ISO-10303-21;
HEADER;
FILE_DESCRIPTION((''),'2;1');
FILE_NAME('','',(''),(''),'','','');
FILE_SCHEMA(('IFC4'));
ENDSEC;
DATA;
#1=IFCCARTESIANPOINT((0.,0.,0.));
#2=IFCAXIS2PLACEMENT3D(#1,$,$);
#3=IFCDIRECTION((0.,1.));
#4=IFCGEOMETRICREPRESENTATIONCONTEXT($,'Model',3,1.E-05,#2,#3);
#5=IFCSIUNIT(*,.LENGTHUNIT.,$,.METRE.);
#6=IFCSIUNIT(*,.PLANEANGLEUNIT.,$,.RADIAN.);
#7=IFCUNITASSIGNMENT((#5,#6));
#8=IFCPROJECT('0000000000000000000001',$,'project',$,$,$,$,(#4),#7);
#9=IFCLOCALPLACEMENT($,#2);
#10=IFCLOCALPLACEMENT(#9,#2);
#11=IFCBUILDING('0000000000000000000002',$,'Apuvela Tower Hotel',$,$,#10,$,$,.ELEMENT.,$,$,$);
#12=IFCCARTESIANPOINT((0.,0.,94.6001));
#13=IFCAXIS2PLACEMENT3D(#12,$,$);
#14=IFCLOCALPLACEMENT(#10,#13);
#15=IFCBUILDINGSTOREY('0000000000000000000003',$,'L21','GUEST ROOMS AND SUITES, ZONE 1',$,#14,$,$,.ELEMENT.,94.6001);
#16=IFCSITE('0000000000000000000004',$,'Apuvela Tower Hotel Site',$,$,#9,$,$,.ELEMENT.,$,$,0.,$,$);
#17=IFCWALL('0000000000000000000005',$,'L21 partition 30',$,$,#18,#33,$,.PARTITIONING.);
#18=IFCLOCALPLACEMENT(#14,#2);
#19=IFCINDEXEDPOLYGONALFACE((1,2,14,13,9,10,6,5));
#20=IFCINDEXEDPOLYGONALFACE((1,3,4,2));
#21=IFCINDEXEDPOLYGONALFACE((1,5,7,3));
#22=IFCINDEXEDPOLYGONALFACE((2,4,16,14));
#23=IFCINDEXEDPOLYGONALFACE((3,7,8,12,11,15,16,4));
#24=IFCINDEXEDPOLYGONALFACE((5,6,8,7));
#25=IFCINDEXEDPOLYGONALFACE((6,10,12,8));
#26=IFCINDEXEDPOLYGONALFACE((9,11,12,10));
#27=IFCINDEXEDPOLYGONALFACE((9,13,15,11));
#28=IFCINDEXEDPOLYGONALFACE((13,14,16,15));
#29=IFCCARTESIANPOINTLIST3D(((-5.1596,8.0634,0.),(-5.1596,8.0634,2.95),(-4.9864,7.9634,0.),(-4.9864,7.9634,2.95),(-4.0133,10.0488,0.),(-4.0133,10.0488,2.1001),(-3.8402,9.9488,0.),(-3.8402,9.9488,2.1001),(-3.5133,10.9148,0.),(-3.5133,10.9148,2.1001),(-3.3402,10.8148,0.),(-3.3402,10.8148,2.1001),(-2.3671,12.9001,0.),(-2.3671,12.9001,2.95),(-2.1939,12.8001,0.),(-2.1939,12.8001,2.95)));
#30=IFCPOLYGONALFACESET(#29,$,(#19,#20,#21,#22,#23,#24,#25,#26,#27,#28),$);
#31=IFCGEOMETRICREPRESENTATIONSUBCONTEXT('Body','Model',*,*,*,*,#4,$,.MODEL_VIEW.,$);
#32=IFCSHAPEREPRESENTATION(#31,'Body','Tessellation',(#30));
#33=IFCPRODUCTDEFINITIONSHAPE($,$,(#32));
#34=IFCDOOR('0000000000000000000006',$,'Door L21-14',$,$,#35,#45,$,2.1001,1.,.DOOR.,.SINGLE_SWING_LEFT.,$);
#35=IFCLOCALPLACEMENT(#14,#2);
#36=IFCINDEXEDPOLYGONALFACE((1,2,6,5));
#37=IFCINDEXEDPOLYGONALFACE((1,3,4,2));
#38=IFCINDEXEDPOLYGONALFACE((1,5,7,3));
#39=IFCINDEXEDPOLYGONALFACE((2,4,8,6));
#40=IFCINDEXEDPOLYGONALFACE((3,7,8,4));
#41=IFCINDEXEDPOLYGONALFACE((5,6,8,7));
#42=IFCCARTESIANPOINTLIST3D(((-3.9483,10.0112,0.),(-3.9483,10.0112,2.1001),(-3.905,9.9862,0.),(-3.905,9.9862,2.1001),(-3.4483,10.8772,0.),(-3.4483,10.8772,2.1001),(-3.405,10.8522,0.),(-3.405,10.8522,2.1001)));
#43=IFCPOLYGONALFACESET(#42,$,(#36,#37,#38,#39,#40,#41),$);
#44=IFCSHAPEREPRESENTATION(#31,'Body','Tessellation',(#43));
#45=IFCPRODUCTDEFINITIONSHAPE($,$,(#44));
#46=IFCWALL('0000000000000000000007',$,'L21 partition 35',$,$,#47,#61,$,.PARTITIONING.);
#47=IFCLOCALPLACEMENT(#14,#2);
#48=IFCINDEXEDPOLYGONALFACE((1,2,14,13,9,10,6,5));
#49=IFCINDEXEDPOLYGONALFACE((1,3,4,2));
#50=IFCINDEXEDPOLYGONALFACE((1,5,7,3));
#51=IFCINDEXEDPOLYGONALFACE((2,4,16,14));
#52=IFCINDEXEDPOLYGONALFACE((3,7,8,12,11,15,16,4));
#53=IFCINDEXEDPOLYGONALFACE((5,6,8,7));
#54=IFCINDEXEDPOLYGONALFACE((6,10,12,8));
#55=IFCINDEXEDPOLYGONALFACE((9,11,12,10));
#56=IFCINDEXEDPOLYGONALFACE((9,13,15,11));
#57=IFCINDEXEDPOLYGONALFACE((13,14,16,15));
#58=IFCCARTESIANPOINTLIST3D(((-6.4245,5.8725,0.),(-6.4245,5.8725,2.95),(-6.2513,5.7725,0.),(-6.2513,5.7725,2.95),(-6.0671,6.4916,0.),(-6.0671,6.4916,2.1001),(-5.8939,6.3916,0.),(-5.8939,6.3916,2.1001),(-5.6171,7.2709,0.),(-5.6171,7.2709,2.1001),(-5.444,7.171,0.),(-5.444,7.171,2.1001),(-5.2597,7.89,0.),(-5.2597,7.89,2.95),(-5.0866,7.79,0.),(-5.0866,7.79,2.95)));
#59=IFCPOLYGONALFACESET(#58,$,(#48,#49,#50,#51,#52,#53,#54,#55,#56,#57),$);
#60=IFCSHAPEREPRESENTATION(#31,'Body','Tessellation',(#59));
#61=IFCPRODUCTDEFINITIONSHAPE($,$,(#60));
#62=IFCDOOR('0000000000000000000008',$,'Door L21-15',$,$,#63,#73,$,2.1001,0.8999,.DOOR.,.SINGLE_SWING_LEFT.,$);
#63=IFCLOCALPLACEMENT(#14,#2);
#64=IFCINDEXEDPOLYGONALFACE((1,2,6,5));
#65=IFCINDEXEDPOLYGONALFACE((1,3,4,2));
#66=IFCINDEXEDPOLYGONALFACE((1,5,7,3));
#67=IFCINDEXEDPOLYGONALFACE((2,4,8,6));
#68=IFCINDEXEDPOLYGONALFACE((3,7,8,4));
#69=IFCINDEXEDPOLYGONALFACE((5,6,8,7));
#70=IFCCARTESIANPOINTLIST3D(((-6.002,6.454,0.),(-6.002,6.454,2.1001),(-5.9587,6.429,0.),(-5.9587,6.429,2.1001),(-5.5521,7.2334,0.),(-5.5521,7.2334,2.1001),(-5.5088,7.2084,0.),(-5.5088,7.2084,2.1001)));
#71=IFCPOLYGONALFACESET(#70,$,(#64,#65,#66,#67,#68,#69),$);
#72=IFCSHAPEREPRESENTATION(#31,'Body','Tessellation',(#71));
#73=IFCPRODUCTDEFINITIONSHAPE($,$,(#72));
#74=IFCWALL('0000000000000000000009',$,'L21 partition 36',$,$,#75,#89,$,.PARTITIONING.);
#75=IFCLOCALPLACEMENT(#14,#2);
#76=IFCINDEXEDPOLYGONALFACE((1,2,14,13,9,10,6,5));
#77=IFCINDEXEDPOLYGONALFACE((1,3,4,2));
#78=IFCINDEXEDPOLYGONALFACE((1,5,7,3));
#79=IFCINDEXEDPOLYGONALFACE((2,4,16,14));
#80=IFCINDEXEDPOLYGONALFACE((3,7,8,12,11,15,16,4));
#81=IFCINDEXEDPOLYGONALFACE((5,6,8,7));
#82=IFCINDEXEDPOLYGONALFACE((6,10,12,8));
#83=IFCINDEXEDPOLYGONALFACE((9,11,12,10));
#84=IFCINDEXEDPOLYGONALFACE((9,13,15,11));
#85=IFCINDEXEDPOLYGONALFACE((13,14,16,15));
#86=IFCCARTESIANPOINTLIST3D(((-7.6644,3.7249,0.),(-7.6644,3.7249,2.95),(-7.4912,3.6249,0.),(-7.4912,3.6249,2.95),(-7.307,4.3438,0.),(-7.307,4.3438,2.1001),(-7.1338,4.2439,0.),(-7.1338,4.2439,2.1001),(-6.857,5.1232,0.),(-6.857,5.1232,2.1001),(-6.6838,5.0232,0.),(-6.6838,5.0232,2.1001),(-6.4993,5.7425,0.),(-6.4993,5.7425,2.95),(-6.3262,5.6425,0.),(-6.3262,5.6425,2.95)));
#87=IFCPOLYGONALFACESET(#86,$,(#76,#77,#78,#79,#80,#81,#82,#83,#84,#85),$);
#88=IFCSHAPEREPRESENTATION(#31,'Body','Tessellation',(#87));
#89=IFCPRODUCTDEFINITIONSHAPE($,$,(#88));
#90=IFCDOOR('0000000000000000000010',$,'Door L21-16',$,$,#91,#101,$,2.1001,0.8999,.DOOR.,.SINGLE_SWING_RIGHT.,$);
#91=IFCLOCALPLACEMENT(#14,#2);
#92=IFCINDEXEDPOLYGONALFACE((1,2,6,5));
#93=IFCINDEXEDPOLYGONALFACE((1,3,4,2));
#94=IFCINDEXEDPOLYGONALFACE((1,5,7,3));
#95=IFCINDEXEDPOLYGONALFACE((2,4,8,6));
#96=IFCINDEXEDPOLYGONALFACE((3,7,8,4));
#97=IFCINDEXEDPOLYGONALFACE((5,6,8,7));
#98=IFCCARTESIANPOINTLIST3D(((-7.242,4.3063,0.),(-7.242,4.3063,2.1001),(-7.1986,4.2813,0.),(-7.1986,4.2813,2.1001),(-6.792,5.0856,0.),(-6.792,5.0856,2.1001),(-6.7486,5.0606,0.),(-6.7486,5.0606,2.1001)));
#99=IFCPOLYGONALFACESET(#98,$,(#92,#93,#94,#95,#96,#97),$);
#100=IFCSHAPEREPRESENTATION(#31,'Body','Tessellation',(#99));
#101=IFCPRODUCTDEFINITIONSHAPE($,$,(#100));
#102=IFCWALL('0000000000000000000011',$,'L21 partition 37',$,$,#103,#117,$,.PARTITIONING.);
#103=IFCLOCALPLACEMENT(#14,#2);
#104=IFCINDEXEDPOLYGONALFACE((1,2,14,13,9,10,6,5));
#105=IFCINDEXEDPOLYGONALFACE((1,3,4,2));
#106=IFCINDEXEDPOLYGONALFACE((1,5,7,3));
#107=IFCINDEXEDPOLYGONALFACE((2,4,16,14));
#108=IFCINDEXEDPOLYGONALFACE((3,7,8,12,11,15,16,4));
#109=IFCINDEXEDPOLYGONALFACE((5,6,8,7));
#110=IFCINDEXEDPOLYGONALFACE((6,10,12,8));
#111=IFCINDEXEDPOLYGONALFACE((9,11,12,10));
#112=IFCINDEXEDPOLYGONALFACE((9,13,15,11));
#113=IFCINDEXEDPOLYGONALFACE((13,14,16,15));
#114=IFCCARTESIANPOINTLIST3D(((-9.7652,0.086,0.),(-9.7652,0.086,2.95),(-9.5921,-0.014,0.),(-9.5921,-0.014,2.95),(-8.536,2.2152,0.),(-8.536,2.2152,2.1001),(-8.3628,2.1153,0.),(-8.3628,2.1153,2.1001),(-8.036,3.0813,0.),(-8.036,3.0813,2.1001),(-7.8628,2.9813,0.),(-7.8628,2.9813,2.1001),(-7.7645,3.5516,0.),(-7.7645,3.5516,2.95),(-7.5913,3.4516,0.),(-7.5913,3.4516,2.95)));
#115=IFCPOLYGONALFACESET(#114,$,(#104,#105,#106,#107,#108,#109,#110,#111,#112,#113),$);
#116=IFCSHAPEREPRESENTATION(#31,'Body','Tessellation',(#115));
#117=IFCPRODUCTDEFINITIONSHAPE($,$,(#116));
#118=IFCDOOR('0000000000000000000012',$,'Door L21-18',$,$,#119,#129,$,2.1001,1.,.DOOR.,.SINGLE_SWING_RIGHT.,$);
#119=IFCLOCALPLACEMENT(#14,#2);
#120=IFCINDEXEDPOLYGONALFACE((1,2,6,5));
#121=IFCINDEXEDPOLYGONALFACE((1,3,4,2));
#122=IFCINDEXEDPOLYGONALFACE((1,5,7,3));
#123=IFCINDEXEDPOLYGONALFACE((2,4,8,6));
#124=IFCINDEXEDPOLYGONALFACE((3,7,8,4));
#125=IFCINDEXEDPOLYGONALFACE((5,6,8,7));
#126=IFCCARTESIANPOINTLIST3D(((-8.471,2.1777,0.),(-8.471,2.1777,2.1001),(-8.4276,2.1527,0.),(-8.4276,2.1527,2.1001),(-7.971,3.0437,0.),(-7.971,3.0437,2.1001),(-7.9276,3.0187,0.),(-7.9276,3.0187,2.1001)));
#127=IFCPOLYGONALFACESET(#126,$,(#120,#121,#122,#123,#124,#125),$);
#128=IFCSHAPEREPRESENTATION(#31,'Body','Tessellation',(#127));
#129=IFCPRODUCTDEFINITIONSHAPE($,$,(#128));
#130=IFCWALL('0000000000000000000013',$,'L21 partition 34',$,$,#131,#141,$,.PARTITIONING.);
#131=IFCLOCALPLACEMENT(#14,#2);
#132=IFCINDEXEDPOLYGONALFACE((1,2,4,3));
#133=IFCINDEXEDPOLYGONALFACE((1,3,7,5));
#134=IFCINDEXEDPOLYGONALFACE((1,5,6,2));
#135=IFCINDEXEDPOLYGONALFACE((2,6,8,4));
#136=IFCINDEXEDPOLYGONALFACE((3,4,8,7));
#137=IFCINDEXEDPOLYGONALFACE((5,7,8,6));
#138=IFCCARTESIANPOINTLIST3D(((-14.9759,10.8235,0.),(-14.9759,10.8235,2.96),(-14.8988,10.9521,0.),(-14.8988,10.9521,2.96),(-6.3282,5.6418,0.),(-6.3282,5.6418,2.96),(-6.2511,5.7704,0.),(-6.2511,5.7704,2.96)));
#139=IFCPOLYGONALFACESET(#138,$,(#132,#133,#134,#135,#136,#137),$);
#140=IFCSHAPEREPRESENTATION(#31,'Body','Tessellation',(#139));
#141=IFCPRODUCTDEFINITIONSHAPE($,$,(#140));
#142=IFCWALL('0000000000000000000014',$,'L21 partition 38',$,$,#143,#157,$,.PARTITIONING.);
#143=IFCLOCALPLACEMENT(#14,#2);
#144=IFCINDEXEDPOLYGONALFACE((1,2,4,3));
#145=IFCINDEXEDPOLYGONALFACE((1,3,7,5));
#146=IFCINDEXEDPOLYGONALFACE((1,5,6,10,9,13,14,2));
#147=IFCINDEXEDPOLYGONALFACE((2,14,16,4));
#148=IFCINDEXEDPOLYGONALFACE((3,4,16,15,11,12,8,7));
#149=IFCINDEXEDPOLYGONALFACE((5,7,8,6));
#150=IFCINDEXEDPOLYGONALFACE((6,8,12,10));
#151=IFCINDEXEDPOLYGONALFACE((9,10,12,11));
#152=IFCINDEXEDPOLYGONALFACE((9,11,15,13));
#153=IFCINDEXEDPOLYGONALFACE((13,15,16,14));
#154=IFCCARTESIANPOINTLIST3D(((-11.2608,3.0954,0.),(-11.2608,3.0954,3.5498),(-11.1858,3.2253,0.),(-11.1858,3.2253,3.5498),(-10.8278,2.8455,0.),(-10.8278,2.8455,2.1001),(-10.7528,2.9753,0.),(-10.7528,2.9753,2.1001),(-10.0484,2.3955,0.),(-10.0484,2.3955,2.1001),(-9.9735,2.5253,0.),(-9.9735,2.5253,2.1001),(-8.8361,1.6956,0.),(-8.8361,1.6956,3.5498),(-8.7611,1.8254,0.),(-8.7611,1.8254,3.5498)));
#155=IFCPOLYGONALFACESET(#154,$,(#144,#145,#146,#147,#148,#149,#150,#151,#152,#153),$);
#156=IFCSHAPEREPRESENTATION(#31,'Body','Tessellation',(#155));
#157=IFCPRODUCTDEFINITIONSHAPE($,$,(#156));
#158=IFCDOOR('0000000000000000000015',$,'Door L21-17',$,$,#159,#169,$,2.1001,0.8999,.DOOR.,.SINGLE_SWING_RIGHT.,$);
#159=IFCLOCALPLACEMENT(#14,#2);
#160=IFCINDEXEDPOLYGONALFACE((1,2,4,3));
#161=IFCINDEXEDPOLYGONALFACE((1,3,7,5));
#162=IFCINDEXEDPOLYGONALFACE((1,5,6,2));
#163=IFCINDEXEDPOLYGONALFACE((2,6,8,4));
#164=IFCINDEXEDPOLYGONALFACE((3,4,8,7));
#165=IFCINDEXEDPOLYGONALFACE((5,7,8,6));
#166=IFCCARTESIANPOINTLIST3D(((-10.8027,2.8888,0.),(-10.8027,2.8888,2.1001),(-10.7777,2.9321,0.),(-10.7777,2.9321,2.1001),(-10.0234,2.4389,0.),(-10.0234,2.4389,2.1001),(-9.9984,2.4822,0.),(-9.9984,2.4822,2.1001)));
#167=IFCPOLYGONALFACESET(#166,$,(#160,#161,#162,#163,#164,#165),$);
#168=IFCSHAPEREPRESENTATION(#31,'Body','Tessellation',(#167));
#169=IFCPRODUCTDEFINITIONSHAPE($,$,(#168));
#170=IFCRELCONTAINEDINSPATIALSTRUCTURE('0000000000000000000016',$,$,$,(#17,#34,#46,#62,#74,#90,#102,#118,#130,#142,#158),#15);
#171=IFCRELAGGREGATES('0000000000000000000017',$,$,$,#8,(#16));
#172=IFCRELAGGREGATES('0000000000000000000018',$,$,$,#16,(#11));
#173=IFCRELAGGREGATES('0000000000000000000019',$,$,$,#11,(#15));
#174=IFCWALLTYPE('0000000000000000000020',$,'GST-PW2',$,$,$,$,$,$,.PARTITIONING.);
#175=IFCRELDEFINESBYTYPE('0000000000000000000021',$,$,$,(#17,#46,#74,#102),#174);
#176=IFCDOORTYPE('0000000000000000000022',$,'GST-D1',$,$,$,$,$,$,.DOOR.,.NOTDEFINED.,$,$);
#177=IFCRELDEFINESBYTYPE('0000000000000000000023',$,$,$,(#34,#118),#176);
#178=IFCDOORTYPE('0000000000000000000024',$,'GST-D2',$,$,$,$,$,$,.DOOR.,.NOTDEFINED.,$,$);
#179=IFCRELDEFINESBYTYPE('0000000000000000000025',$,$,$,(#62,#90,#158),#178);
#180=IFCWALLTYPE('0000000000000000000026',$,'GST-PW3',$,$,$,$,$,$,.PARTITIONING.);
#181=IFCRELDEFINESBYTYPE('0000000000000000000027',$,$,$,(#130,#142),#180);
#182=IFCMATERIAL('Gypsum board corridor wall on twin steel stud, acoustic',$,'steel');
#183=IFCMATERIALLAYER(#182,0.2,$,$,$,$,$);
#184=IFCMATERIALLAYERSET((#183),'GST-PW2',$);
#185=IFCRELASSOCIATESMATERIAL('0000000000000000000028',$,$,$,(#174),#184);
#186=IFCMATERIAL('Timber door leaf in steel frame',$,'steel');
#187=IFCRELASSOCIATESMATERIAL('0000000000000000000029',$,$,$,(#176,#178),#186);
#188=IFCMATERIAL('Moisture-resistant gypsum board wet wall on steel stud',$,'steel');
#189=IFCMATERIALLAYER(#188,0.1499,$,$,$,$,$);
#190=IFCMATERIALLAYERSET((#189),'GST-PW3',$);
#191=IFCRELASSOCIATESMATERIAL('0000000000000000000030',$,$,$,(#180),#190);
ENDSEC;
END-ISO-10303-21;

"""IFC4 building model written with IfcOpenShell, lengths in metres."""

from ifc_helpers import new_model, si_unit, direction, frame, frame_2d, origin, place, context, subcontext, project, spatial, rectangle, extrude, material, layer, layer_set, type_object, element, fill, save


model = new_model("IFC4")

# Units and contexts
model_context = context("Model", 3, precision=1e-05, world=origin(), true_north=direction((0.0, 1.0)))
body_context = subcontext(model_context, "Body", "Model", "MODEL_VIEW")
ifc_project = project(units=[si_unit("LENGTHUNIT", "METRE"), si_unit("PLANEANGLEUNIT", "RADIAN")], contexts=[model_context])

# Site, building, storey
site_placement = place(None, origin())
site = spatial("IfcSite", under=ifc_project, at=site_placement, Name="Apuvela Tower Hotel Site", CompositionType="ELEMENT", RefElevation=0.0)
building_placement = place(site_placement, origin())
building = spatial("IfcBuilding", under=site, at=building_placement, Name="Apuvela Tower Hotel", CompositionType="ELEMENT")
storey_placement = place(building_placement, frame((0.0, 0.0, 94.6001)))
storey = spatial("IfcBuildingStorey", under=building, at=storey_placement, Name="L21", Description="GUEST ROOMS AND SUITES, ZONE 1", CompositionType="ELEMENT", Elevation=94.6001)

# Walls, openings, doors
ifc_material_1 = material(Name="Gypsum board corridor wall on twin steel stud, acoustic", Category="steel")
ifc_layer_1 = layer(ifc_material_1, 0.2)
ifc_layer_set_1 = layer_set([ifc_layer_1], Name="GST-PW2")
wall_type_1 = type_object("IfcWallType", Name="GST-PW2", PredefinedType="PARTITIONING", material=ifc_layer_set_1)
wall_1_placement = place(storey_placement, frame((-5.073, 8.0134, 0.0), z_axis=(0.0, 0.0, 1.0), x_axis=(0.500004, 0.866023, 0.0)))
wall_1 = element("IfcWall", 1, at=wall_1_placement, inside=storey, type_object=wall_type_1, Name="L21 partition 30", PredefinedType="PARTITIONING", context=body_context, shape_type="SweptSolid", body=[
    extrude(rectangle(XDim=5.585, YDim=0.2, at=frame_2d((2.7925, 0.0))), origin(), (0.0, 0.0, 1.0), 2.95),
])
opening_1_placement = place(wall_1_placement, frame((2.2925, 0.0, 0.0)))
opening_1 = element("IfcOpeningElement", 2, at=opening_1_placement, cuts=wall_1, PredefinedType="OPENING", context=body_context, shape_type="SweptSolid", body=[
    extrude(rectangle(XDim=1.0, YDim=2.1001, at=frame_2d((0.5, 1.05))), frame((0.0, 0.1099, 0.0), z_axis=(0.0, -1.0, 0.0), x_axis=(1.0, 0.0, 0.0)), (0.0, 0.0, 1.0), 0.22),
])
ifc_material_2 = material(Name="Timber door leaf in steel frame", Category="steel")
door_type_1 = type_object("IfcDoorType", Name="GST-D1", OperationType="NOTDEFINED", PredefinedType="DOOR", material=ifc_material_2)
door_1_placement = place(opening_1_placement, origin())
door_1 = element("IfcDoor", 3, at=door_1_placement, inside=storey, type_object=door_type_1, Name="Door L21-14", OperationType="SINGLE_SWING_LEFT", OverallHeight=2.1001, OverallWidth=1.0, PredefinedType="DOOR", context=body_context, shape_type="SweptSolid", body=[
    extrude(rectangle(XDim=1.0, YDim=2.1001, at=frame_2d((0.5, 1.05))), frame((0.0, 0.0249, 0.0), z_axis=(0.0, -1.0, 0.0), x_axis=(1.0, 0.0, 0.0)), (0.0, 0.0, 1.0), 0.05),
])
fill(opening_1, door_1)
wall_2_placement = place(storey_placement, frame((-6.3379, 5.8225, 0.0), z_axis=(0.0, 0.0, 1.0), x_axis=(0.499983, 0.866036, 0.0)))
wall_2 = element("IfcWall", 4, at=wall_2_placement, inside=storey, type_object=wall_type_1, Name="L21 partition 35", PredefinedType="PARTITIONING", context=body_context, shape_type="SweptSolid", body=[
    extrude(rectangle(XDim=2.3296, YDim=0.2, at=frame_2d((1.1648, 0.0))), origin(), (0.0, 0.0, 1.0), 2.95),
])
opening_2_placement = place(wall_2_placement, frame((0.7148, 0.0, 0.0)))
opening_2 = element("IfcOpeningElement", 5, at=opening_2_placement, cuts=wall_2, PredefinedType="OPENING", context=body_context, shape_type="SweptSolid", body=[
    extrude(rectangle(XDim=0.8999, YDim=2.1001, at=frame_2d((0.45, 1.05))), frame((0.0, 0.1099, 0.0), z_axis=(0.0, -1.0, 0.0), x_axis=(1.0, 0.0, 0.0)), (0.0, 0.0, 1.0), 0.22),
])
door_type_2 = type_object("IfcDoorType", Name="GST-D2", OperationType="NOTDEFINED", PredefinedType="DOOR", material=ifc_material_2)
door_2_placement = place(opening_2_placement, origin())
door_2 = element("IfcDoor", 6, at=door_2_placement, inside=storey, type_object=door_type_2, Name="Door L21-15", OperationType="SINGLE_SWING_LEFT", OverallHeight=2.1001, OverallWidth=0.8999, PredefinedType="DOOR", context=body_context, shape_type="SweptSolid", body=[
    extrude(rectangle(XDim=0.8999, YDim=2.1001, at=frame_2d((0.45, 1.05))), frame((0.0, 0.0249, 0.0), z_axis=(0.0, -1.0, 0.0), x_axis=(1.0, 0.0, 0.0)), (0.0, 0.0, 1.0), 0.05),
])
fill(opening_2, door_2)
wall_3_placement = place(storey_placement, frame((-7.5779, 3.6748, 0.0), z_axis=(0.0, 0.0, 1.0), x_axis=(0.500061, 0.86599, 0.0)))
wall_3 = element("IfcWall", 7, at=wall_3_placement, inside=storey, type_object=wall_type_1, Name="L21 partition 36", PredefinedType="PARTITIONING", context=body_context, shape_type="SweptSolid", body=[
    extrude(rectangle(XDim=2.3298, YDim=0.2, at=frame_2d((1.165, 0.0))), origin(), (0.0, 0.0, 1.0), 2.95),
])
opening_3_placement = place(wall_3_placement, frame((0.7148, 0.0, 0.0)))
opening_3 = element("IfcOpeningElement", 8, at=opening_3_placement, cuts=wall_3, PredefinedType="OPENING", context=body_context, shape_type="SweptSolid", body=[
    extrude(rectangle(XDim=0.8999, YDim=2.1001, at=frame_2d((0.45, 1.05))), frame((0.0, 0.1099, 0.0), z_axis=(0.0, -1.0, 0.0), x_axis=(1.0, 0.0, 0.0)), (0.0, 0.0, 1.0), 0.22),
])
door_3_placement = place(opening_3_placement, origin())
door_3 = element("IfcDoor", 9, at=door_3_placement, inside=storey, type_object=door_type_2, Name="Door L21-16", OperationType="SINGLE_SWING_RIGHT", OverallHeight=2.1001, OverallWidth=0.8999, PredefinedType="DOOR", context=body_context, shape_type="SweptSolid", body=[
    extrude(rectangle(XDim=0.8999, YDim=2.1001, at=frame_2d((0.45, 1.05))), frame((0.0, 0.0249, 0.0), z_axis=(0.0, -1.0, 0.0), x_axis=(1.0, 0.0, 0.0)), (0.0, 0.0, 1.0), 0.05),
])
fill(opening_3, door_3)
wall_4_placement = place(storey_placement, frame((-9.6787, 0.0359, 0.0), z_axis=(0.0, 0.0, 1.0), x_axis=(0.499978, 0.866038, 0.0)))
wall_4 = element("IfcWall", 10, at=wall_4_placement, inside=storey, type_object=wall_type_1, Name="L21 partition 37", PredefinedType="PARTITIONING", context=body_context, shape_type="SweptSolid", body=[
    extrude(rectangle(XDim=4.0017, YDim=0.2, at=frame_2d((2.001, 0.0))), origin(), (0.0, 0.0, 1.0), 2.95),
])
opening_4_placement = place(wall_4_placement, frame((2.4587, 0.0, 0.0)))
opening_4 = element("IfcOpeningElement", 11, at=opening_4_placement, cuts=wall_4, PredefinedType="OPENING", context=body_context, shape_type="SweptSolid", body=[
    extrude(rectangle(XDim=1.0, YDim=2.1001, at=frame_2d((0.5, 1.05))), frame((0.0, 0.1099, 0.0), z_axis=(0.0, -1.0, 0.0), x_axis=(1.0, 0.0, 0.0)), (0.0, 0.0, 1.0), 0.22),
])
door_4_placement = place(opening_4_placement, origin())
door_4 = element("IfcDoor", 12, at=door_4_placement, inside=storey, type_object=door_type_1, Name="Door L21-18", OperationType="SINGLE_SWING_RIGHT", OverallHeight=2.1001, OverallWidth=1.0, PredefinedType="DOOR", context=body_context, shape_type="SweptSolid", body=[
    extrude(rectangle(XDim=1.0, YDim=2.1001, at=frame_2d((0.5, 1.05))), frame((0.0, 0.0249, 0.0), z_axis=(0.0, -1.0, 0.0), x_axis=(1.0, 0.0, 0.0)), (0.0, 0.0, 1.0), 0.05),
])
fill(opening_4, door_4)

# Wall
ifc_material_3 = material(Name="Moisture-resistant gypsum board wet wall on steel stud", Category="steel")
ifc_layer_2 = layer(ifc_material_3, 0.1499)
ifc_layer_set_2 = layer_set([ifc_layer_2], Name="GST-PW3")
wall_type_2 = type_object("IfcWallType", Name="GST-PW3", PredefinedType="PARTITIONING", material=ifc_layer_set_2)
wall_5_placement = place(storey_placement, frame((-14.9373, 10.8877, 0.0), z_axis=(0.0, 0.0, 1.0), x_axis=(0.857798, -0.513986, 0.0)))
element("IfcWall", 13, at=wall_5_placement, inside=storey, type_object=wall_type_2, Name="L21 partition 34", PredefinedType="PARTITIONING", context=body_context, shape_type="SweptSolid", body=[
    extrude(rectangle(XDim=10.0813, YDim=0.1499, at=frame_2d((5.0405, 0.0))), origin(), (0.0, 0.0, 1.0), 2.96),
])

# Wall, opening, door
wall_6_placement = place(storey_placement, frame((-8.7986, 1.7605, 0.0), z_axis=(0.0, 0.0, 1.0), x_axis=(-0.866035, 0.499984, 0.0)))
wall_6 = element("IfcWall", 14, at=wall_6_placement, inside=storey, type_object=wall_type_2, Name="L21 partition 38", PredefinedType="PARTITIONING", context=body_context, shape_type="SweptSolid", body=[
    extrude(rectangle(XDim=2.7998, YDim=0.1499, at=frame_2d((1.3999, 0.0))), origin(), (0.0, 0.0, 1.0), 3.5498),
])
opening_5_placement = place(wall_6_placement, frame((1.3999, 0.0, 0.0)))
opening_5 = element("IfcOpeningElement", 15, at=opening_5_placement, cuts=wall_6, PredefinedType="OPENING", context=body_context, shape_type="SweptSolid", body=[
    extrude(rectangle(XDim=0.8999, YDim=2.1001, at=frame_2d((0.45, 1.05))), frame((0.0, 0.085, 0.0), z_axis=(0.0, -1.0, 0.0), x_axis=(1.0, 0.0, 0.0)), (0.0, 0.0, 1.0), 0.1699),
])
door_5_placement = place(opening_5_placement, origin())
door_5 = element("IfcDoor", 16, at=door_5_placement, inside=storey, type_object=door_type_2, Name="Door L21-17", OperationType="SINGLE_SWING_RIGHT", OverallHeight=2.1001, OverallWidth=0.8999, PredefinedType="DOOR", context=body_context, shape_type="SweptSolid", body=[
    extrude(rectangle(XDim=0.8999, YDim=2.1001, at=frame_2d((0.45, 1.05))), frame((0.0, 0.0249, 0.0), z_axis=(0.0, -1.0, 0.0), x_axis=(1.0, 0.0, 0.0)), (0.0, 0.0, 1.0), 0.05),
])
fill(opening_5, door_5)

save(model, "model.ifc")
